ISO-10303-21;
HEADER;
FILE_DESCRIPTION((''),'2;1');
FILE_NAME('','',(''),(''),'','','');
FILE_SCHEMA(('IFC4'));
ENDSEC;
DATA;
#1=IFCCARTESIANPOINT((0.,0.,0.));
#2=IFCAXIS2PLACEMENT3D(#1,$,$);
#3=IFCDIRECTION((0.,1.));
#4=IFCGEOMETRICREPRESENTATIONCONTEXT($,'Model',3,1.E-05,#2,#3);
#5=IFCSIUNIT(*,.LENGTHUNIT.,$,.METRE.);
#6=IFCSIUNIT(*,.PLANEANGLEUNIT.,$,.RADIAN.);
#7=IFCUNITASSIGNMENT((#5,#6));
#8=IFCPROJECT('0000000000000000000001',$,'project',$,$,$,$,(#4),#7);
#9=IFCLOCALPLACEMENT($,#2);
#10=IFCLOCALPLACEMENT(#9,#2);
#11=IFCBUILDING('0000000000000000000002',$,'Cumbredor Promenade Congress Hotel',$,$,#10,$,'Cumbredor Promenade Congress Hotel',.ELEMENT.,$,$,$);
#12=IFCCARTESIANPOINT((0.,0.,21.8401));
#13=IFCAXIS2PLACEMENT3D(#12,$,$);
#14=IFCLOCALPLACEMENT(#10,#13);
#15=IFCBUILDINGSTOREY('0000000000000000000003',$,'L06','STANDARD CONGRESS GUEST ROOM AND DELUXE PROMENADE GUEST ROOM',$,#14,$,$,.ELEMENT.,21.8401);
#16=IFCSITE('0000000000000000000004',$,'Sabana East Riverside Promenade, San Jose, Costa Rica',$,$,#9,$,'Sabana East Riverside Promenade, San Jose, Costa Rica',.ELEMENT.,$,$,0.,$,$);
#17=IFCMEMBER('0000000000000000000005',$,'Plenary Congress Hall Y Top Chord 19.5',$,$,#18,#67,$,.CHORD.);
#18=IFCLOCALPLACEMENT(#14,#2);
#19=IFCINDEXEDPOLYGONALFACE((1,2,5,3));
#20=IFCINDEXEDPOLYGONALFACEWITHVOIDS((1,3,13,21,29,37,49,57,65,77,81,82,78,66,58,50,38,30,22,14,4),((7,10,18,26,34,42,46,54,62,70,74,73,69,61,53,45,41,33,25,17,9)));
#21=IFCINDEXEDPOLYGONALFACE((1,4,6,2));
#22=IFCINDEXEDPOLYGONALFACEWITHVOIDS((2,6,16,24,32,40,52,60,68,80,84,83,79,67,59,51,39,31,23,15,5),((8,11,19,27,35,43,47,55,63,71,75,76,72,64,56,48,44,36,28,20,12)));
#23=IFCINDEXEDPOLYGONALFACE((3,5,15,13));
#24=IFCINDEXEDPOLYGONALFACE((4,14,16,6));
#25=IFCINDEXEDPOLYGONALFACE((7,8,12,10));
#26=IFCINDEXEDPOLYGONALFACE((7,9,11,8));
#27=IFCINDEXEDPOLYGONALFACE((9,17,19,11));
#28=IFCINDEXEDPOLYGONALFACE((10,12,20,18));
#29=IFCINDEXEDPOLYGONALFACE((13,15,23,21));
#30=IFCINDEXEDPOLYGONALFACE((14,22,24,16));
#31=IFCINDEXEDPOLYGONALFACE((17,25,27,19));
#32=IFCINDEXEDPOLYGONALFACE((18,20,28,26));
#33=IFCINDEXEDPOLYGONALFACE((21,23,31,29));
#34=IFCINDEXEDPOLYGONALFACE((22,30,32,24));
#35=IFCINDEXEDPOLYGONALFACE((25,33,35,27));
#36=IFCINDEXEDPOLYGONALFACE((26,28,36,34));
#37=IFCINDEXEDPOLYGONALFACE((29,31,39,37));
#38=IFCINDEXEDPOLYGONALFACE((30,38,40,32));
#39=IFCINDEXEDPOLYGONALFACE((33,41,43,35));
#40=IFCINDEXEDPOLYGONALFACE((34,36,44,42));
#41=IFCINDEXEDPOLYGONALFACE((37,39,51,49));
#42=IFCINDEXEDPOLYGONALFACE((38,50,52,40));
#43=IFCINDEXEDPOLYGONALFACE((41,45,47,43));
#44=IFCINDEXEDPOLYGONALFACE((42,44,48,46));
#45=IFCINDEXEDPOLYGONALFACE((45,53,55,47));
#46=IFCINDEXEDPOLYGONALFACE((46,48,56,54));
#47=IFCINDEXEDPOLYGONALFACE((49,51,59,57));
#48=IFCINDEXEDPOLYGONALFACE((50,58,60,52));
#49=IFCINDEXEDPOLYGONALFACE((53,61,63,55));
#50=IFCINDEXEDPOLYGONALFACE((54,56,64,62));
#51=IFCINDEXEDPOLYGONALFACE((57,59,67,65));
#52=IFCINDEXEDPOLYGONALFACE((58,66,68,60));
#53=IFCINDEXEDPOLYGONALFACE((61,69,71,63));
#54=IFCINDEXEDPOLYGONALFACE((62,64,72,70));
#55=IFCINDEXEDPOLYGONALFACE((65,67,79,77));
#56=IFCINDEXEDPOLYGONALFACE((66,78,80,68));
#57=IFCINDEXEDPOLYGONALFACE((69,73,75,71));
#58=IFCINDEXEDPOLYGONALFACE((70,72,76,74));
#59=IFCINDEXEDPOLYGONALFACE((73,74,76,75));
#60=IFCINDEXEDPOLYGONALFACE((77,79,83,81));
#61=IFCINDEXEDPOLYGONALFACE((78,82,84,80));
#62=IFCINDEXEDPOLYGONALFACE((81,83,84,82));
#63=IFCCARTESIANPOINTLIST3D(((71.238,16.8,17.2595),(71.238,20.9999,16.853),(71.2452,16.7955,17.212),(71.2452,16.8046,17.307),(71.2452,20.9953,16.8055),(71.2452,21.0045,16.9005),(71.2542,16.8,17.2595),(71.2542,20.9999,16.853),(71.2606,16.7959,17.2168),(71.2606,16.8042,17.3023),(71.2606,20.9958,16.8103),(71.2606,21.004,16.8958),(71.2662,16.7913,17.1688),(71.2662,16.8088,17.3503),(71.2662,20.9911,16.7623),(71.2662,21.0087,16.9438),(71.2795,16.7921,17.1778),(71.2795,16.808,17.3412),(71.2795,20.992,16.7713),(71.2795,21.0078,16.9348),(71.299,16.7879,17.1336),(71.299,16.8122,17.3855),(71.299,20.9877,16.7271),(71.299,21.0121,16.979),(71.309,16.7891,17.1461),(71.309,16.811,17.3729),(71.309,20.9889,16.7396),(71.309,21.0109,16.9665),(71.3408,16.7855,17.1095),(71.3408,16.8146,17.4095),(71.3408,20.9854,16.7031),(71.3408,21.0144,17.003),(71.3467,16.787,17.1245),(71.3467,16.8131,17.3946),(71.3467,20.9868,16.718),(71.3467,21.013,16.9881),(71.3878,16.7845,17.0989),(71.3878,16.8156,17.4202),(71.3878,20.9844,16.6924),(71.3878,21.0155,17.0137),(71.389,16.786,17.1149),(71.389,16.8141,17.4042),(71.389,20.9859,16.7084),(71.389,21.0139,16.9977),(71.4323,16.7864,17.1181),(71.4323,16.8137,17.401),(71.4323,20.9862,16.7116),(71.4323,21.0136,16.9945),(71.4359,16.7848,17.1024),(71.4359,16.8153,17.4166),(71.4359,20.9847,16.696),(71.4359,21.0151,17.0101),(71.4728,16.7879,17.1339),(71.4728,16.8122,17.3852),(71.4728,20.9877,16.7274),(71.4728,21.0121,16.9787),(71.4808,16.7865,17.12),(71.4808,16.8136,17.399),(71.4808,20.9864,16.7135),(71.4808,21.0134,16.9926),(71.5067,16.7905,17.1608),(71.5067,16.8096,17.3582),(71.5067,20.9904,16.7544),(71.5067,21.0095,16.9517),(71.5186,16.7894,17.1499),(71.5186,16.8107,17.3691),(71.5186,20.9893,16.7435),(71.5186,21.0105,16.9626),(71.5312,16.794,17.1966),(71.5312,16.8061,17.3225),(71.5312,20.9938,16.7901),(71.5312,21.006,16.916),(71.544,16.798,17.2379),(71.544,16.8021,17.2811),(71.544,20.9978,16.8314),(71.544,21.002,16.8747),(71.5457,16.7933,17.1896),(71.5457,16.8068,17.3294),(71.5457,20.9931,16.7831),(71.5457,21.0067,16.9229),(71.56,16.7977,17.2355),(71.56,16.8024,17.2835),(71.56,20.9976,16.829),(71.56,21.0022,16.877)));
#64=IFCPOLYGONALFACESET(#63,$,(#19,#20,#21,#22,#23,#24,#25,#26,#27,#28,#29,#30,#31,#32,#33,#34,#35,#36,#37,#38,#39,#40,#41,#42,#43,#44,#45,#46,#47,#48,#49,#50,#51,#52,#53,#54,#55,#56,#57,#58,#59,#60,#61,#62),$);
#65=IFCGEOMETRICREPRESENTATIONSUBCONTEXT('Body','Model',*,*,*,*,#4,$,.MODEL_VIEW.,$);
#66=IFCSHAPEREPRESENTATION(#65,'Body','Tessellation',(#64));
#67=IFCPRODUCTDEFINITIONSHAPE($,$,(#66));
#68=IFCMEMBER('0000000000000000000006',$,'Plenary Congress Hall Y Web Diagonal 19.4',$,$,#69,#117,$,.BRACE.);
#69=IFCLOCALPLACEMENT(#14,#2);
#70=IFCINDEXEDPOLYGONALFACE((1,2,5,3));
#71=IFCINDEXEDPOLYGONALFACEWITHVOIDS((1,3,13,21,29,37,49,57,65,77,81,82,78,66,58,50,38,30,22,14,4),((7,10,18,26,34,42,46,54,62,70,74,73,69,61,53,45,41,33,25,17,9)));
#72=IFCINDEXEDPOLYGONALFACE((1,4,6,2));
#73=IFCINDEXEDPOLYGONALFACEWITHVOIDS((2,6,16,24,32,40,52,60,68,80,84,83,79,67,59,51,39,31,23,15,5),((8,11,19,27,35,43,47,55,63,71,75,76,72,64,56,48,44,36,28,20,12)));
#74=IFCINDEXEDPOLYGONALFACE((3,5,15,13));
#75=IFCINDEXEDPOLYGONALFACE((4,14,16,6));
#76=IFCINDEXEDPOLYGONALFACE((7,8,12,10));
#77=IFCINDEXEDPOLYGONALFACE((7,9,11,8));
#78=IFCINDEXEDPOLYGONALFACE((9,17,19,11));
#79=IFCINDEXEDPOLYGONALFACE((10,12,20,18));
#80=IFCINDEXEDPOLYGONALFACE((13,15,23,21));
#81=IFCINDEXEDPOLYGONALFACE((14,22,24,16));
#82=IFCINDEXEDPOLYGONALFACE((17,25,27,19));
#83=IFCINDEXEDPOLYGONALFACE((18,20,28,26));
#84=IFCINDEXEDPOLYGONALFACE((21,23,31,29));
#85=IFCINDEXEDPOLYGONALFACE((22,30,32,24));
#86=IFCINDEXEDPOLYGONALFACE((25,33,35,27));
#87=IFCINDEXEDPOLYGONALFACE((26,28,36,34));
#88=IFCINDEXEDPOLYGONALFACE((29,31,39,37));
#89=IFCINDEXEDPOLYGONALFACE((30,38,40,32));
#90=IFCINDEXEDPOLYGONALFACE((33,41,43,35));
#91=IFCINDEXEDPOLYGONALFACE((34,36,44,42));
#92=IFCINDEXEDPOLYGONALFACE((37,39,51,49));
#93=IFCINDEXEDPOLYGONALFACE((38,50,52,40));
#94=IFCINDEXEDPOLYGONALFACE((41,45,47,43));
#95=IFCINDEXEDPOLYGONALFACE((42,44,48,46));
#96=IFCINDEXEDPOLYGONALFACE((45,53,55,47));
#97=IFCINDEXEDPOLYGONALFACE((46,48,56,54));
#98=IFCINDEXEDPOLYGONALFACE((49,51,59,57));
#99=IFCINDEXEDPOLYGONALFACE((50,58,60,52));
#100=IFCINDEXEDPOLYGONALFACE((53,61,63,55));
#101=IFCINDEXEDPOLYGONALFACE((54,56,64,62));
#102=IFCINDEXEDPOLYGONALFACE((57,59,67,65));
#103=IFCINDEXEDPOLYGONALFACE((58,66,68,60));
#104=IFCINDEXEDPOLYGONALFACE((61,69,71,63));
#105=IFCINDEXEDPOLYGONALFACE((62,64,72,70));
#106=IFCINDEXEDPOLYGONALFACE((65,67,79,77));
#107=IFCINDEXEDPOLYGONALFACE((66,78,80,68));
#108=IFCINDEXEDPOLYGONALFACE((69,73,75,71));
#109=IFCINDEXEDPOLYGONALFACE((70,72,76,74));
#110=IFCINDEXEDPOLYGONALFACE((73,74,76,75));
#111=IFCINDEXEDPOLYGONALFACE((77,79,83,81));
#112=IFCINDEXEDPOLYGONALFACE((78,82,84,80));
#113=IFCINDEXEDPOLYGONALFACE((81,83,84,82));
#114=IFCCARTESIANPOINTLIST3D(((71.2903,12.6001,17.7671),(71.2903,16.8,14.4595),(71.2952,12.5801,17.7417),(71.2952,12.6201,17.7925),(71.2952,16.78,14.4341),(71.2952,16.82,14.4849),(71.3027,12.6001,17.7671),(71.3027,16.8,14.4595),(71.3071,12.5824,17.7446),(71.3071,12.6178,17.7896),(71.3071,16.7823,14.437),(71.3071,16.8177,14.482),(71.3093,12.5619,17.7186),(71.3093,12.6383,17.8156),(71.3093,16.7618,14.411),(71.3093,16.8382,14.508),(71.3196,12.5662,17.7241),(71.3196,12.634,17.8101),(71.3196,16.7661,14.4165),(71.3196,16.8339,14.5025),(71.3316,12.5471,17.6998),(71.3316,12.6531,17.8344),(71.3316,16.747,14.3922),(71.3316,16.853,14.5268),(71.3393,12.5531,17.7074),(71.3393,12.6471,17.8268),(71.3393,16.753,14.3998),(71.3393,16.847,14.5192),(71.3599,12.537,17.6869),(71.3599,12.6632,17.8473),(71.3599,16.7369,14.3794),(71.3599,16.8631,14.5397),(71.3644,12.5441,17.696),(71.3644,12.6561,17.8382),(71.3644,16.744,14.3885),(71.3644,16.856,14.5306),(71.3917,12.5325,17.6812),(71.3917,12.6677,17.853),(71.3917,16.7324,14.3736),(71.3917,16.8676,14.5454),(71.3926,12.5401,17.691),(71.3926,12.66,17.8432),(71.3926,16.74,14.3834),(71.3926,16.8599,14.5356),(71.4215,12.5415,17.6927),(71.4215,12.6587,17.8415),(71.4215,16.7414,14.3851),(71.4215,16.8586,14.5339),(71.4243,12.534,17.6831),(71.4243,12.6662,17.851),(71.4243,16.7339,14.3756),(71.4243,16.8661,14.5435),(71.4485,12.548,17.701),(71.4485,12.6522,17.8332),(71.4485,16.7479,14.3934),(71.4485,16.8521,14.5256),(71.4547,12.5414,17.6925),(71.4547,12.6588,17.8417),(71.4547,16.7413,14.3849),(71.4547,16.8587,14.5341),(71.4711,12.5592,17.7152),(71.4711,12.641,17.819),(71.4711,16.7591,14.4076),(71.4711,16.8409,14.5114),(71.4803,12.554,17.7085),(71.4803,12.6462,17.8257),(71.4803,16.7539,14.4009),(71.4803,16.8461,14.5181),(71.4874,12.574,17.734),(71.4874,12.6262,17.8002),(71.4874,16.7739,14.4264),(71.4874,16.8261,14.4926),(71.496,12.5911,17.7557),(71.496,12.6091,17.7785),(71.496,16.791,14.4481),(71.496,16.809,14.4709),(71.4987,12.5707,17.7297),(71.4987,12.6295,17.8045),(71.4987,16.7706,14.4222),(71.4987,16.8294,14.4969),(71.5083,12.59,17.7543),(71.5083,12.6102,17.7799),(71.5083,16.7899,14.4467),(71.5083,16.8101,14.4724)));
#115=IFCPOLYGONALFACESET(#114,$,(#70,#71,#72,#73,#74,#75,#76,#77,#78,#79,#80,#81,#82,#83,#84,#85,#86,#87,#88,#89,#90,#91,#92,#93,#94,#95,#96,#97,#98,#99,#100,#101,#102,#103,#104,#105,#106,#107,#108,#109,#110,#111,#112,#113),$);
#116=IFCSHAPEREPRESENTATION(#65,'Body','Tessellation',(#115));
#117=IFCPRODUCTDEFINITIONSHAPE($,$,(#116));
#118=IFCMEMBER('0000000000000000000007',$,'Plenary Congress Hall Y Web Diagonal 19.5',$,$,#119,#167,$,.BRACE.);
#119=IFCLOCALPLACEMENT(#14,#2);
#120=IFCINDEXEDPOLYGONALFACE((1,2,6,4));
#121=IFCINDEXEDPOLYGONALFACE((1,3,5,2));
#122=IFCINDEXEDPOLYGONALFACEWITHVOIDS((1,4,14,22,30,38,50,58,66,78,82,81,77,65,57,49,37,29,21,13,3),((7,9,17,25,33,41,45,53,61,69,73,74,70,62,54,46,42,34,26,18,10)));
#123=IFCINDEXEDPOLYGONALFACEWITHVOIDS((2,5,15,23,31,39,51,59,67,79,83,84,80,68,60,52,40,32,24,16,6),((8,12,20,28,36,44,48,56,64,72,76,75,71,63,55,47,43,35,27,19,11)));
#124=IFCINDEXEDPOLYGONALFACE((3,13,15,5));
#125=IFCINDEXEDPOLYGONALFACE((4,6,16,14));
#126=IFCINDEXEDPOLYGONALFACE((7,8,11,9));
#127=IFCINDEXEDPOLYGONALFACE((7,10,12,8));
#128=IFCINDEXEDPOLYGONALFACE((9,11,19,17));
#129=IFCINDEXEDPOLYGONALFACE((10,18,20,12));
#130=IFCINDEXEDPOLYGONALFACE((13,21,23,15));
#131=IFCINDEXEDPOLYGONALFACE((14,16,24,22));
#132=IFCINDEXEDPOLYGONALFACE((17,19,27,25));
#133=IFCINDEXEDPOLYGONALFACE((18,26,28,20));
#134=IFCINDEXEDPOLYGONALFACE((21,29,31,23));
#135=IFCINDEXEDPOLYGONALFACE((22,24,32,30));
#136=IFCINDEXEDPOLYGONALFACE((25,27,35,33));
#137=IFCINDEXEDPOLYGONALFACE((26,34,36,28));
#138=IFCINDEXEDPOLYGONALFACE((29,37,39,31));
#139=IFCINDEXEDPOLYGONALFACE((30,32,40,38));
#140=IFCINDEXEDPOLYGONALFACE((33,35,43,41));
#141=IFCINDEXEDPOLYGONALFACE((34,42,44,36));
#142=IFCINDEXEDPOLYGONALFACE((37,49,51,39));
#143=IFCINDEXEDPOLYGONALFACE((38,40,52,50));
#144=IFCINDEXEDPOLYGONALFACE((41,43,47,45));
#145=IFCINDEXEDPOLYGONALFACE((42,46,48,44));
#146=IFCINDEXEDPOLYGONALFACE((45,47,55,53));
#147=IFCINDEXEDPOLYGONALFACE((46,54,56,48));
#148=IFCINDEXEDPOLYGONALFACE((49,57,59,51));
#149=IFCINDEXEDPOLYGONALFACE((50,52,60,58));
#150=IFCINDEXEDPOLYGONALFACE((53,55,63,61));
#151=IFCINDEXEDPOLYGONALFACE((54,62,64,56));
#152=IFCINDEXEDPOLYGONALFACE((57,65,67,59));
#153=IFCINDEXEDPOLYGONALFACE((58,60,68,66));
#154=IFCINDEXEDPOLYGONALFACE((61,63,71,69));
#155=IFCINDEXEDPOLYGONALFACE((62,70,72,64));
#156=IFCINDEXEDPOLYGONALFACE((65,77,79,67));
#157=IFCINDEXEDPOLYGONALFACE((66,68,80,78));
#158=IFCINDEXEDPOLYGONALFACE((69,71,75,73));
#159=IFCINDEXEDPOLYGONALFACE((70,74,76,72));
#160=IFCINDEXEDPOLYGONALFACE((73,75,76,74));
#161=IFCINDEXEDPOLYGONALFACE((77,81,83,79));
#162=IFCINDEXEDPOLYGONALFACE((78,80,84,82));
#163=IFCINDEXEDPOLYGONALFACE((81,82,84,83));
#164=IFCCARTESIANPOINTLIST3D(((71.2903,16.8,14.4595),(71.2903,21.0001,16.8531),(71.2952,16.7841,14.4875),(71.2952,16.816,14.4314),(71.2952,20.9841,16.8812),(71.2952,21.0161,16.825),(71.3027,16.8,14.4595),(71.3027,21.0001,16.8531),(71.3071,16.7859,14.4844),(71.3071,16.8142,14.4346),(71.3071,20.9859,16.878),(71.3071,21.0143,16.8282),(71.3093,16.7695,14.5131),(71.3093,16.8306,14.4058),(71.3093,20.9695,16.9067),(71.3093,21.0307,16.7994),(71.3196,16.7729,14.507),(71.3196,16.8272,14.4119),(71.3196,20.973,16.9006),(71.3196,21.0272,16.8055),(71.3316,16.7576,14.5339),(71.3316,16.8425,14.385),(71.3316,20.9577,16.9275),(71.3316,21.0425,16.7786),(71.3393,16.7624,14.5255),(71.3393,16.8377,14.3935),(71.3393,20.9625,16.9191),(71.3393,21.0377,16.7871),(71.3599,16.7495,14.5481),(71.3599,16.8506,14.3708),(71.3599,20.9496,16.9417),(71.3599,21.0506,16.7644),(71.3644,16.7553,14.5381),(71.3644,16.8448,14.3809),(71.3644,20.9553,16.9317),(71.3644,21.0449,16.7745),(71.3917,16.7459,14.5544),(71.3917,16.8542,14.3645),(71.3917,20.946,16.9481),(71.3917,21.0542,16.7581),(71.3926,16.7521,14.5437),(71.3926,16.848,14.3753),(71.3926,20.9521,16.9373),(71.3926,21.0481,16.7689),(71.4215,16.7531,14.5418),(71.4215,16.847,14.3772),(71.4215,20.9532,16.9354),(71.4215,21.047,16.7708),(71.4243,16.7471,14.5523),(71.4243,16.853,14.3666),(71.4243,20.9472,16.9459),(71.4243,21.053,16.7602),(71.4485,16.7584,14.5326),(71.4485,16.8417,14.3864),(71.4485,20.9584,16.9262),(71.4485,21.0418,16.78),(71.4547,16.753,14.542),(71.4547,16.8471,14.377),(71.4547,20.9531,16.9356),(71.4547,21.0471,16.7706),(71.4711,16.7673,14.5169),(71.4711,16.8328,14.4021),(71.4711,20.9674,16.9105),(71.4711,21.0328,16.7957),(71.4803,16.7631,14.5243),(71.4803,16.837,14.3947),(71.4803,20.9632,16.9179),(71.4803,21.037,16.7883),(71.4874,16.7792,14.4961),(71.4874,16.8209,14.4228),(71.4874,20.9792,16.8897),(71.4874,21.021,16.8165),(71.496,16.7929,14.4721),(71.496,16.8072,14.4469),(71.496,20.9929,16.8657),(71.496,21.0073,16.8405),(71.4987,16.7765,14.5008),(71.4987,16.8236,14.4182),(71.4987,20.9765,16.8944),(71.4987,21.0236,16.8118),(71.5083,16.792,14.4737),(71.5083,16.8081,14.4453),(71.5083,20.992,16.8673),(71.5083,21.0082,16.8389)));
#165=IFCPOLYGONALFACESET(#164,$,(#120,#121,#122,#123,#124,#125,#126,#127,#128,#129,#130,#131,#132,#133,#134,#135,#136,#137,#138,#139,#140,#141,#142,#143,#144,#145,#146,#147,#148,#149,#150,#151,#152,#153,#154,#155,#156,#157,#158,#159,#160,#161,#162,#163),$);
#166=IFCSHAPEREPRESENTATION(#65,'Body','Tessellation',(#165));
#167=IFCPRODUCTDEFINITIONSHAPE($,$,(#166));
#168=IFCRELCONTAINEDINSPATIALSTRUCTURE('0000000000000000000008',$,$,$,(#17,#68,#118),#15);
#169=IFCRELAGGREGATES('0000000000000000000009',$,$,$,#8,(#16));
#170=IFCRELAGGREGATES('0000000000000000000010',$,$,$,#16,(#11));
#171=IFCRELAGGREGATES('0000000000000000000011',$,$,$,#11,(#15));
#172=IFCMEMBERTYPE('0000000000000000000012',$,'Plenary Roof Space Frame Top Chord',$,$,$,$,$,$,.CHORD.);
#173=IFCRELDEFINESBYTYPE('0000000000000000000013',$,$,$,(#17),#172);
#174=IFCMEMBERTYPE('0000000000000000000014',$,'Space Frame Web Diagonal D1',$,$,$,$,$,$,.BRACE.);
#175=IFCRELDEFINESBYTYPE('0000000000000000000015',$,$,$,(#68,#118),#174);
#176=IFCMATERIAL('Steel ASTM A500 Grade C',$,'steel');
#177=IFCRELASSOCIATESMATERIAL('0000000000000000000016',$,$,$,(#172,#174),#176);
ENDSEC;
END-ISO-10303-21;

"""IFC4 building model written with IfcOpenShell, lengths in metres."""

from ifc_helpers import new_model, si_unit, direction, frame, origin, origin_2d, place, context, subcontext, project, spatial, hollow_circle, extrude, material, material_profile, profile_set, type_object, element, save


model = new_model("IFC4")

# Units and contexts
model_context = context("Model", 3, precision=1e-05, world=origin(), true_north=direction((0.0, 1.0)))
body_context = subcontext(model_context, "Body", "Model", "MODEL_VIEW")
ifc_project = project(units=[si_unit("LENGTHUNIT", "METRE"), si_unit("PLANEANGLEUNIT", "RADIAN")], contexts=[model_context])

# Site, building, storey
site_placement = place(None, origin())
site = spatial("IfcSite", under=ifc_project, at=site_placement, Name="Sabana East Riverside Promenade, San Jose, Costa Rica", LongName="Sabana East Riverside Promenade, San Jose, Costa Rica", CompositionType="ELEMENT", RefElevation=0.0)
building_placement = place(site_placement, origin())
building = spatial("IfcBuilding", under=site, at=building_placement, Name="Cumbredor Promenade Congress Hotel", LongName="Cumbredor Promenade Congress Hotel", CompositionType="ELEMENT")
storey_placement = place(building_placement, frame((0.0, 0.0, 21.8401)))
storey = spatial("IfcBuildingStorey", under=building, at=storey_placement, Name="L06", Description="STANDARD CONGRESS GUEST ROOM AND DELUXE PROMENADE GUEST ROOM", CompositionType="ELEMENT", Elevation=21.8401)

# Members
ifc_material_1 = material(Name="Steel ASTM A500 Grade C", Category="steel")
ifc_material_profile_1 = material_profile(ifc_material_1, hollow_circle(Radius=0.1619, WallThickness=0.0161, at=origin_2d()), Name="CHS 323.9x16")
ifc_profile_set_1 = profile_set([ifc_material_profile_1], Name="Steel ASTM A500 Grade C")
member_type_1 = type_object("IfcMemberType", Name="Plenary Roof Space Frame Top Chord", PredefinedType="CHORD", material=ifc_profile_set_1)
member_1_placement = place(storey_placement, frame((71.3999, 16.8, 17.2595), z_axis=(0.0, 0.995349, -0.096335), x_axis=(-1.0, 0.0, 0.0)))
element("IfcMember", 1, at=member_1_placement, inside=storey, type_object=member_type_1, Name="Plenary Congress Hall Y Top Chord 19.5", PredefinedType="CHORD", context=body_context, shape_type="SweptSolid", body=[
    extrude(hollow_circle(Radius=0.1619, WallThickness=0.0161, at=origin_2d()), origin(), (0.0, 0.0, 1.0), 4.2195),
])
ifc_material_profile_2 = material_profile(ifc_material_1, hollow_circle(Radius=0.1096, WallThickness=0.0125, at=origin_2d()), Name="CHS 219.1x12.5")
ifc_profile_set_2 = profile_set([ifc_material_profile_2], Name="Steel ASTM A500 Grade C")
member_type_2 = type_object("IfcMemberType", Name="Space Frame Web Diagonal D1", PredefinedType="BRACE", material=ifc_profile_set_2)
member_2_placement = place(storey_placement, frame((71.3999, 12.6001, 17.7671), z_axis=(0.0, 0.785622, -0.618707), x_axis=(-1.0, 0.0, 0.0)))
element("IfcMember", 2, at=member_2_placement, inside=storey, type_object=member_type_2, Name="Plenary Congress Hall Y Web Diagonal 19.4", PredefinedType="BRACE", context=body_context, shape_type="SweptSolid", body=[
    extrude(hollow_circle(Radius=0.1096, WallThickness=0.0125, at=origin_2d()), origin(), (0.0, 0.0, 1.0), 5.3459),
])
member_3_placement = place(storey_placement, frame((71.3999, 16.8, 14.4595), z_axis=(0.0, 0.868814, 0.495138), x_axis=(-1.0, 0.0, 0.0)))
element("IfcMember", 3, at=member_3_placement, inside=storey, type_object=member_type_2, Name="Plenary Congress Hall Y Web Diagonal 19.5", PredefinedType="BRACE", context=body_context, shape_type="SweptSolid", body=[
    extrude(hollow_circle(Radius=0.1096, WallThickness=0.0125, at=origin_2d()), origin(), (0.0, 0.0, 1.0), 4.8342),
])

save(model, "model.ifc")
